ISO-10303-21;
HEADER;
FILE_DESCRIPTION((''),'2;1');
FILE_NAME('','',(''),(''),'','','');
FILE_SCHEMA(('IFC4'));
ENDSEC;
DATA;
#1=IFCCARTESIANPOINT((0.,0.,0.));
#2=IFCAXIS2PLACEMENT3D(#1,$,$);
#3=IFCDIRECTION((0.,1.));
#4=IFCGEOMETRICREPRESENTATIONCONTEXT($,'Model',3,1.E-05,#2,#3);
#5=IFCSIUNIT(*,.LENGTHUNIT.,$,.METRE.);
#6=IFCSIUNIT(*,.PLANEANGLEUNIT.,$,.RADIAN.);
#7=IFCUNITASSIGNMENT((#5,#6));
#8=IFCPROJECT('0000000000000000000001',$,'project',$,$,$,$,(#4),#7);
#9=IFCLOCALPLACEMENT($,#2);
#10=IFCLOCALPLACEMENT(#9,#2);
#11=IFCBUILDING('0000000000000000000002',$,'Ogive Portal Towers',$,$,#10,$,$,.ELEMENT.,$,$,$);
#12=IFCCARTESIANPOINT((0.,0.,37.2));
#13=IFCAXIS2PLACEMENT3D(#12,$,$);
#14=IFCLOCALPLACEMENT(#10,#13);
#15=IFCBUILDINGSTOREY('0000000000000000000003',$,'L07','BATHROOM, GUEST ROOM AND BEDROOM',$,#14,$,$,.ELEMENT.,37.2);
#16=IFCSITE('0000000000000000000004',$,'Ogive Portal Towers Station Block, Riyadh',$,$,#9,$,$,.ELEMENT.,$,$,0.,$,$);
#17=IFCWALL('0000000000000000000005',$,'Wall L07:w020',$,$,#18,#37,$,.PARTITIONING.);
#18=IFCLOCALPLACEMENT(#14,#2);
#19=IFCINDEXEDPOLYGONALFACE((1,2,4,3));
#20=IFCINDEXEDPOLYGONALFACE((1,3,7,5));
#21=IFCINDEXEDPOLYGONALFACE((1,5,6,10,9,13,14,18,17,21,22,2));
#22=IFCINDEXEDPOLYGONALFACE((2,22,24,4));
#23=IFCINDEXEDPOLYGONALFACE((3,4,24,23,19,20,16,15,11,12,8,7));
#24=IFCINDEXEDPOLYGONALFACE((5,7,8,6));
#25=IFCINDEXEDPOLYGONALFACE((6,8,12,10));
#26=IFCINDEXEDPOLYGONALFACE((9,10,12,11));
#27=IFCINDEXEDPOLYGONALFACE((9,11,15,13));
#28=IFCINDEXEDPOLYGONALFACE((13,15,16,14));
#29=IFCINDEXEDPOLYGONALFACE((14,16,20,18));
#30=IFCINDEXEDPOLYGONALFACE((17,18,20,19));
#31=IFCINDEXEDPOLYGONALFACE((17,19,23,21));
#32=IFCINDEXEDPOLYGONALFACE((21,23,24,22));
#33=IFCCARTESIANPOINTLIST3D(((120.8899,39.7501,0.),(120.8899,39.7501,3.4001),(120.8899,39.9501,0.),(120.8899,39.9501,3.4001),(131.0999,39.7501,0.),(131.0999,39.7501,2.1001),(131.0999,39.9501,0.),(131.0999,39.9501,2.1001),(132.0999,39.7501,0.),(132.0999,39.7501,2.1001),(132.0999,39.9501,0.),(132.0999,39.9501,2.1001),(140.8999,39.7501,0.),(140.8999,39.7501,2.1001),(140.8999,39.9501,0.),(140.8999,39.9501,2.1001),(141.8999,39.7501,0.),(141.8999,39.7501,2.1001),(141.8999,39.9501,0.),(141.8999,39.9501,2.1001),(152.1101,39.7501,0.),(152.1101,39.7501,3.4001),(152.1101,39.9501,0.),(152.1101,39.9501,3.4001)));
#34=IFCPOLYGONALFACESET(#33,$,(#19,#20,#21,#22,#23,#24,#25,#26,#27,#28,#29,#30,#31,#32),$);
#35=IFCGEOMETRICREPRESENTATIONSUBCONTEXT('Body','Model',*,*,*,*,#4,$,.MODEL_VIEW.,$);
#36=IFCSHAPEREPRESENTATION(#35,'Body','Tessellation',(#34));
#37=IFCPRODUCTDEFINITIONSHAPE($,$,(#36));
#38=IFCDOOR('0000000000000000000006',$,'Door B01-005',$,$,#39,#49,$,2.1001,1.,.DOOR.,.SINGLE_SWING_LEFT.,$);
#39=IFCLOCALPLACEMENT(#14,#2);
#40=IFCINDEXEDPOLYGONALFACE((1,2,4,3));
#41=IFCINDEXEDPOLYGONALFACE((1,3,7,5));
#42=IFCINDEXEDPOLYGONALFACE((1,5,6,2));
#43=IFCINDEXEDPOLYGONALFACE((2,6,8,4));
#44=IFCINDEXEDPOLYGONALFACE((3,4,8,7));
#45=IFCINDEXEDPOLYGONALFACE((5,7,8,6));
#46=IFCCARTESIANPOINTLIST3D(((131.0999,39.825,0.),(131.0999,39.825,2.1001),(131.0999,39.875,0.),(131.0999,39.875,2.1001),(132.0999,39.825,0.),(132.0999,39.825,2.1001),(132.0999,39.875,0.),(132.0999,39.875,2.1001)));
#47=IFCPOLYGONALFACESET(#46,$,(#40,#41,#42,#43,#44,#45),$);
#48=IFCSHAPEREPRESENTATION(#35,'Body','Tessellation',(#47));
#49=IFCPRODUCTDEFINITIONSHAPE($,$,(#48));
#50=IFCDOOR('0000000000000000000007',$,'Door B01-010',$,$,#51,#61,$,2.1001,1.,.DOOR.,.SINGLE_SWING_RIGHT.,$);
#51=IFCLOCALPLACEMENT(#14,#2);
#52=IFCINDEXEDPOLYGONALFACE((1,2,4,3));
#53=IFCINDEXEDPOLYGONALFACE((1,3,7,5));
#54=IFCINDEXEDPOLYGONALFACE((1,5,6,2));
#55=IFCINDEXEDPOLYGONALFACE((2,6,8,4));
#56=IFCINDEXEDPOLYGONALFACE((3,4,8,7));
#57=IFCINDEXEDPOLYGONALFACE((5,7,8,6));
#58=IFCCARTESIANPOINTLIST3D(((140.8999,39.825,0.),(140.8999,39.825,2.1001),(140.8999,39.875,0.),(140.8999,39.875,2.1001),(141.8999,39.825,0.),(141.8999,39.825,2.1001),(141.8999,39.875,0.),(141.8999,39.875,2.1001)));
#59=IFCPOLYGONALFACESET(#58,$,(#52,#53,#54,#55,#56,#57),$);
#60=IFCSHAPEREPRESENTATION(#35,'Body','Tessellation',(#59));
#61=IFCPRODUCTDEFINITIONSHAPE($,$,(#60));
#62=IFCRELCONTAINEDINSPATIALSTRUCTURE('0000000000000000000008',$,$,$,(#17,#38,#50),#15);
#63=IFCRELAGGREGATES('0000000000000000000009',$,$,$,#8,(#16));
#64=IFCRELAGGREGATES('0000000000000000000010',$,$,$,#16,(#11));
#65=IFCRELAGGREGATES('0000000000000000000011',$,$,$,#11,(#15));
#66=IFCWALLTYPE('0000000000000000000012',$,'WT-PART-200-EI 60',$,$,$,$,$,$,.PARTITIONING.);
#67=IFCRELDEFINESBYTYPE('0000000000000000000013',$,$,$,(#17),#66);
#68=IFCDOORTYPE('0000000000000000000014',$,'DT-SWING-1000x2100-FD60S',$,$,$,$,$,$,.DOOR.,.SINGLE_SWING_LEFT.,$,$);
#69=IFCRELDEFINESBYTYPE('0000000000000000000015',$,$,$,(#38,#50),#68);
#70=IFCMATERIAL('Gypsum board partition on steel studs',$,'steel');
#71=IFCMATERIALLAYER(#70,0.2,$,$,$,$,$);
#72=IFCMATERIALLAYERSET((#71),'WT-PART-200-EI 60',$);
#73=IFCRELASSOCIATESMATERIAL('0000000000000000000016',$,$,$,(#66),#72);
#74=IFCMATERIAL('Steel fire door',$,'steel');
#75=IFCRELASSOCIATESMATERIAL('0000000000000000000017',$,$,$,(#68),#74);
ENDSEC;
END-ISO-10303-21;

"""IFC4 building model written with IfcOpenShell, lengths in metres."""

from ifc_helpers import new_model, si_unit, direction, frame, frame_2d, origin, place, context, subcontext, project, spatial, rectangle, extrude, material, layer, layer_set, type_object, element, fill, save


model = new_model("IFC4")

# Units and contexts
model_context = context("Model", 3, precision=1e-05, world=origin(), true_north=direction((0.0, 1.0)))
body_context = subcontext(model_context, "Body", "Model", "MODEL_VIEW")
ifc_project = project(units=[si_unit("LENGTHUNIT", "METRE"), si_unit("PLANEANGLEUNIT", "RADIAN")], contexts=[model_context])

# Site, building, storey
site_placement = place(None, origin())
site = spatial("IfcSite", under=ifc_project, at=site_placement, Name="Ogive Portal Towers Station Block, Riyadh", CompositionType="ELEMENT", RefElevation=0.0)
building_placement = place(site_placement, origin())
building = spatial("IfcBuilding", under=site, at=building_placement, Name="Ogive Portal Towers", CompositionType="ELEMENT")
storey_placement = place(building_placement, frame((0.0, 0.0, 37.2)))
storey = spatial("IfcBuildingStorey", under=building, at=storey_placement, Name="L07", Description="BATHROOM, GUEST ROOM AND BEDROOM", CompositionType="ELEMENT", Elevation=37.2)

# Shared definitions
ifc_material_1 = material(Name="Steel fire door", Category="steel")

# Shared definitions
ifc_material_2 = material(Name="Gypsum board partition on steel studs", Category="steel")
ifc_layer_1 = layer(ifc_material_2, 0.2)
ifc_layer_set_1 = layer_set([ifc_layer_1], Name="WT-PART-200-EI 60")
wall_type_1 = type_object("IfcWallType", Name="WT-PART-200-EI 60", PredefinedType="PARTITIONING", material=ifc_layer_set_1)

# Wall, openings, doors
wall_1_placement = place(storey_placement, frame((120.8899, 39.8501, 0.0), z_axis=(0.0, 0.0, 1.0), x_axis=(1.0, 0.0, 0.0)))
wall_1 = element("IfcWall", 1, at=wall_1_placement, inside=storey, type_object=wall_type_1, Name="Wall L07:w020", PredefinedType="PARTITIONING", context=body_context, shape_type="SweptSolid", body=[
    extrude(rectangle(XDim=31.2202, YDim=0.2, at=frame_2d((15.6101, 0.0))), origin(), (0.0, 0.0, 1.0), 3.4001),
])
opening_1_placement = place(wall_1_placement, frame((10.21, 0.0, 0.0)))
opening_1 = element("IfcOpeningElement", 2, at=opening_1_placement, cuts=wall_1, PredefinedType="OPENING", context=body_context, shape_type="SweptSolid", body=[
    extrude(rectangle(XDim=1.0, YDim=2.1001, at=frame_2d((0.5, 1.05))), frame((0.0, 0.1099, 0.0), z_axis=(0.0, -1.0, 0.0), x_axis=(1.0, 0.0, 0.0)), (0.0, 0.0, 1.0), 0.22),
])
opening_2_placement = place(wall_1_placement, frame((20.01, 0.0, 0.0)))
opening_2 = element("IfcOpeningElement", 3, at=opening_2_placement, cuts=wall_1, PredefinedType="OPENING", context=body_context, shape_type="SweptSolid", body=[
    extrude(rectangle(XDim=1.0, YDim=2.1001, at=frame_2d((0.5, 1.05))), frame((0.0, 0.1099, 0.0), z_axis=(0.0, -1.0, 0.0), x_axis=(1.0, 0.0, 0.0)), (0.0, 0.0, 1.0), 0.22),
])
door_type_1 = type_object("IfcDoorType", Name="DT-SWING-1000x2100-FD60S", OperationType="SINGLE_SWING_LEFT", PredefinedType="DOOR", material=ifc_material_1)
door_1_placement = place(opening_1_placement, origin())
door_1 = element("IfcDoor", 4, at=door_1_placement, inside=storey, type_object=door_type_1, Name="Door B01-005", OperationType="SINGLE_SWING_LEFT", OverallHeight=2.1001, OverallWidth=1.0, PredefinedType="DOOR", context=body_context, shape_type="SweptSolid", body=[
    extrude(rectangle(XDim=1.0, YDim=2.1001, at=frame_2d((0.5, 1.05))), frame((0.0, 0.0249, 0.0), z_axis=(0.0, -1.0, 0.0), x_axis=(1.0, 0.0, 0.0)), (0.0, 0.0, 1.0), 0.05),
])
fill(opening_1, door_1)
door_2_placement = place(opening_2_placement, origin())
door_2 = element("IfcDoor", 5, at=door_2_placement, inside=storey, type_object=door_type_1, Name="Door B01-010", OperationType="SINGLE_SWING_RIGHT", OverallHeight=2.1001, OverallWidth=1.0, PredefinedType="DOOR", context=body_context, shape_type="SweptSolid", body=[
    extrude(rectangle(XDim=1.0, YDim=2.1001, at=frame_2d((0.5, 1.05))), frame((0.0, 0.0249, 0.0), z_axis=(0.0, -1.0, 0.0), x_axis=(1.0, 0.0, 0.0)), (0.0, 0.0, 1.0), 0.05),
])
fill(opening_2, door_2)

save(model, "model.ifc")
